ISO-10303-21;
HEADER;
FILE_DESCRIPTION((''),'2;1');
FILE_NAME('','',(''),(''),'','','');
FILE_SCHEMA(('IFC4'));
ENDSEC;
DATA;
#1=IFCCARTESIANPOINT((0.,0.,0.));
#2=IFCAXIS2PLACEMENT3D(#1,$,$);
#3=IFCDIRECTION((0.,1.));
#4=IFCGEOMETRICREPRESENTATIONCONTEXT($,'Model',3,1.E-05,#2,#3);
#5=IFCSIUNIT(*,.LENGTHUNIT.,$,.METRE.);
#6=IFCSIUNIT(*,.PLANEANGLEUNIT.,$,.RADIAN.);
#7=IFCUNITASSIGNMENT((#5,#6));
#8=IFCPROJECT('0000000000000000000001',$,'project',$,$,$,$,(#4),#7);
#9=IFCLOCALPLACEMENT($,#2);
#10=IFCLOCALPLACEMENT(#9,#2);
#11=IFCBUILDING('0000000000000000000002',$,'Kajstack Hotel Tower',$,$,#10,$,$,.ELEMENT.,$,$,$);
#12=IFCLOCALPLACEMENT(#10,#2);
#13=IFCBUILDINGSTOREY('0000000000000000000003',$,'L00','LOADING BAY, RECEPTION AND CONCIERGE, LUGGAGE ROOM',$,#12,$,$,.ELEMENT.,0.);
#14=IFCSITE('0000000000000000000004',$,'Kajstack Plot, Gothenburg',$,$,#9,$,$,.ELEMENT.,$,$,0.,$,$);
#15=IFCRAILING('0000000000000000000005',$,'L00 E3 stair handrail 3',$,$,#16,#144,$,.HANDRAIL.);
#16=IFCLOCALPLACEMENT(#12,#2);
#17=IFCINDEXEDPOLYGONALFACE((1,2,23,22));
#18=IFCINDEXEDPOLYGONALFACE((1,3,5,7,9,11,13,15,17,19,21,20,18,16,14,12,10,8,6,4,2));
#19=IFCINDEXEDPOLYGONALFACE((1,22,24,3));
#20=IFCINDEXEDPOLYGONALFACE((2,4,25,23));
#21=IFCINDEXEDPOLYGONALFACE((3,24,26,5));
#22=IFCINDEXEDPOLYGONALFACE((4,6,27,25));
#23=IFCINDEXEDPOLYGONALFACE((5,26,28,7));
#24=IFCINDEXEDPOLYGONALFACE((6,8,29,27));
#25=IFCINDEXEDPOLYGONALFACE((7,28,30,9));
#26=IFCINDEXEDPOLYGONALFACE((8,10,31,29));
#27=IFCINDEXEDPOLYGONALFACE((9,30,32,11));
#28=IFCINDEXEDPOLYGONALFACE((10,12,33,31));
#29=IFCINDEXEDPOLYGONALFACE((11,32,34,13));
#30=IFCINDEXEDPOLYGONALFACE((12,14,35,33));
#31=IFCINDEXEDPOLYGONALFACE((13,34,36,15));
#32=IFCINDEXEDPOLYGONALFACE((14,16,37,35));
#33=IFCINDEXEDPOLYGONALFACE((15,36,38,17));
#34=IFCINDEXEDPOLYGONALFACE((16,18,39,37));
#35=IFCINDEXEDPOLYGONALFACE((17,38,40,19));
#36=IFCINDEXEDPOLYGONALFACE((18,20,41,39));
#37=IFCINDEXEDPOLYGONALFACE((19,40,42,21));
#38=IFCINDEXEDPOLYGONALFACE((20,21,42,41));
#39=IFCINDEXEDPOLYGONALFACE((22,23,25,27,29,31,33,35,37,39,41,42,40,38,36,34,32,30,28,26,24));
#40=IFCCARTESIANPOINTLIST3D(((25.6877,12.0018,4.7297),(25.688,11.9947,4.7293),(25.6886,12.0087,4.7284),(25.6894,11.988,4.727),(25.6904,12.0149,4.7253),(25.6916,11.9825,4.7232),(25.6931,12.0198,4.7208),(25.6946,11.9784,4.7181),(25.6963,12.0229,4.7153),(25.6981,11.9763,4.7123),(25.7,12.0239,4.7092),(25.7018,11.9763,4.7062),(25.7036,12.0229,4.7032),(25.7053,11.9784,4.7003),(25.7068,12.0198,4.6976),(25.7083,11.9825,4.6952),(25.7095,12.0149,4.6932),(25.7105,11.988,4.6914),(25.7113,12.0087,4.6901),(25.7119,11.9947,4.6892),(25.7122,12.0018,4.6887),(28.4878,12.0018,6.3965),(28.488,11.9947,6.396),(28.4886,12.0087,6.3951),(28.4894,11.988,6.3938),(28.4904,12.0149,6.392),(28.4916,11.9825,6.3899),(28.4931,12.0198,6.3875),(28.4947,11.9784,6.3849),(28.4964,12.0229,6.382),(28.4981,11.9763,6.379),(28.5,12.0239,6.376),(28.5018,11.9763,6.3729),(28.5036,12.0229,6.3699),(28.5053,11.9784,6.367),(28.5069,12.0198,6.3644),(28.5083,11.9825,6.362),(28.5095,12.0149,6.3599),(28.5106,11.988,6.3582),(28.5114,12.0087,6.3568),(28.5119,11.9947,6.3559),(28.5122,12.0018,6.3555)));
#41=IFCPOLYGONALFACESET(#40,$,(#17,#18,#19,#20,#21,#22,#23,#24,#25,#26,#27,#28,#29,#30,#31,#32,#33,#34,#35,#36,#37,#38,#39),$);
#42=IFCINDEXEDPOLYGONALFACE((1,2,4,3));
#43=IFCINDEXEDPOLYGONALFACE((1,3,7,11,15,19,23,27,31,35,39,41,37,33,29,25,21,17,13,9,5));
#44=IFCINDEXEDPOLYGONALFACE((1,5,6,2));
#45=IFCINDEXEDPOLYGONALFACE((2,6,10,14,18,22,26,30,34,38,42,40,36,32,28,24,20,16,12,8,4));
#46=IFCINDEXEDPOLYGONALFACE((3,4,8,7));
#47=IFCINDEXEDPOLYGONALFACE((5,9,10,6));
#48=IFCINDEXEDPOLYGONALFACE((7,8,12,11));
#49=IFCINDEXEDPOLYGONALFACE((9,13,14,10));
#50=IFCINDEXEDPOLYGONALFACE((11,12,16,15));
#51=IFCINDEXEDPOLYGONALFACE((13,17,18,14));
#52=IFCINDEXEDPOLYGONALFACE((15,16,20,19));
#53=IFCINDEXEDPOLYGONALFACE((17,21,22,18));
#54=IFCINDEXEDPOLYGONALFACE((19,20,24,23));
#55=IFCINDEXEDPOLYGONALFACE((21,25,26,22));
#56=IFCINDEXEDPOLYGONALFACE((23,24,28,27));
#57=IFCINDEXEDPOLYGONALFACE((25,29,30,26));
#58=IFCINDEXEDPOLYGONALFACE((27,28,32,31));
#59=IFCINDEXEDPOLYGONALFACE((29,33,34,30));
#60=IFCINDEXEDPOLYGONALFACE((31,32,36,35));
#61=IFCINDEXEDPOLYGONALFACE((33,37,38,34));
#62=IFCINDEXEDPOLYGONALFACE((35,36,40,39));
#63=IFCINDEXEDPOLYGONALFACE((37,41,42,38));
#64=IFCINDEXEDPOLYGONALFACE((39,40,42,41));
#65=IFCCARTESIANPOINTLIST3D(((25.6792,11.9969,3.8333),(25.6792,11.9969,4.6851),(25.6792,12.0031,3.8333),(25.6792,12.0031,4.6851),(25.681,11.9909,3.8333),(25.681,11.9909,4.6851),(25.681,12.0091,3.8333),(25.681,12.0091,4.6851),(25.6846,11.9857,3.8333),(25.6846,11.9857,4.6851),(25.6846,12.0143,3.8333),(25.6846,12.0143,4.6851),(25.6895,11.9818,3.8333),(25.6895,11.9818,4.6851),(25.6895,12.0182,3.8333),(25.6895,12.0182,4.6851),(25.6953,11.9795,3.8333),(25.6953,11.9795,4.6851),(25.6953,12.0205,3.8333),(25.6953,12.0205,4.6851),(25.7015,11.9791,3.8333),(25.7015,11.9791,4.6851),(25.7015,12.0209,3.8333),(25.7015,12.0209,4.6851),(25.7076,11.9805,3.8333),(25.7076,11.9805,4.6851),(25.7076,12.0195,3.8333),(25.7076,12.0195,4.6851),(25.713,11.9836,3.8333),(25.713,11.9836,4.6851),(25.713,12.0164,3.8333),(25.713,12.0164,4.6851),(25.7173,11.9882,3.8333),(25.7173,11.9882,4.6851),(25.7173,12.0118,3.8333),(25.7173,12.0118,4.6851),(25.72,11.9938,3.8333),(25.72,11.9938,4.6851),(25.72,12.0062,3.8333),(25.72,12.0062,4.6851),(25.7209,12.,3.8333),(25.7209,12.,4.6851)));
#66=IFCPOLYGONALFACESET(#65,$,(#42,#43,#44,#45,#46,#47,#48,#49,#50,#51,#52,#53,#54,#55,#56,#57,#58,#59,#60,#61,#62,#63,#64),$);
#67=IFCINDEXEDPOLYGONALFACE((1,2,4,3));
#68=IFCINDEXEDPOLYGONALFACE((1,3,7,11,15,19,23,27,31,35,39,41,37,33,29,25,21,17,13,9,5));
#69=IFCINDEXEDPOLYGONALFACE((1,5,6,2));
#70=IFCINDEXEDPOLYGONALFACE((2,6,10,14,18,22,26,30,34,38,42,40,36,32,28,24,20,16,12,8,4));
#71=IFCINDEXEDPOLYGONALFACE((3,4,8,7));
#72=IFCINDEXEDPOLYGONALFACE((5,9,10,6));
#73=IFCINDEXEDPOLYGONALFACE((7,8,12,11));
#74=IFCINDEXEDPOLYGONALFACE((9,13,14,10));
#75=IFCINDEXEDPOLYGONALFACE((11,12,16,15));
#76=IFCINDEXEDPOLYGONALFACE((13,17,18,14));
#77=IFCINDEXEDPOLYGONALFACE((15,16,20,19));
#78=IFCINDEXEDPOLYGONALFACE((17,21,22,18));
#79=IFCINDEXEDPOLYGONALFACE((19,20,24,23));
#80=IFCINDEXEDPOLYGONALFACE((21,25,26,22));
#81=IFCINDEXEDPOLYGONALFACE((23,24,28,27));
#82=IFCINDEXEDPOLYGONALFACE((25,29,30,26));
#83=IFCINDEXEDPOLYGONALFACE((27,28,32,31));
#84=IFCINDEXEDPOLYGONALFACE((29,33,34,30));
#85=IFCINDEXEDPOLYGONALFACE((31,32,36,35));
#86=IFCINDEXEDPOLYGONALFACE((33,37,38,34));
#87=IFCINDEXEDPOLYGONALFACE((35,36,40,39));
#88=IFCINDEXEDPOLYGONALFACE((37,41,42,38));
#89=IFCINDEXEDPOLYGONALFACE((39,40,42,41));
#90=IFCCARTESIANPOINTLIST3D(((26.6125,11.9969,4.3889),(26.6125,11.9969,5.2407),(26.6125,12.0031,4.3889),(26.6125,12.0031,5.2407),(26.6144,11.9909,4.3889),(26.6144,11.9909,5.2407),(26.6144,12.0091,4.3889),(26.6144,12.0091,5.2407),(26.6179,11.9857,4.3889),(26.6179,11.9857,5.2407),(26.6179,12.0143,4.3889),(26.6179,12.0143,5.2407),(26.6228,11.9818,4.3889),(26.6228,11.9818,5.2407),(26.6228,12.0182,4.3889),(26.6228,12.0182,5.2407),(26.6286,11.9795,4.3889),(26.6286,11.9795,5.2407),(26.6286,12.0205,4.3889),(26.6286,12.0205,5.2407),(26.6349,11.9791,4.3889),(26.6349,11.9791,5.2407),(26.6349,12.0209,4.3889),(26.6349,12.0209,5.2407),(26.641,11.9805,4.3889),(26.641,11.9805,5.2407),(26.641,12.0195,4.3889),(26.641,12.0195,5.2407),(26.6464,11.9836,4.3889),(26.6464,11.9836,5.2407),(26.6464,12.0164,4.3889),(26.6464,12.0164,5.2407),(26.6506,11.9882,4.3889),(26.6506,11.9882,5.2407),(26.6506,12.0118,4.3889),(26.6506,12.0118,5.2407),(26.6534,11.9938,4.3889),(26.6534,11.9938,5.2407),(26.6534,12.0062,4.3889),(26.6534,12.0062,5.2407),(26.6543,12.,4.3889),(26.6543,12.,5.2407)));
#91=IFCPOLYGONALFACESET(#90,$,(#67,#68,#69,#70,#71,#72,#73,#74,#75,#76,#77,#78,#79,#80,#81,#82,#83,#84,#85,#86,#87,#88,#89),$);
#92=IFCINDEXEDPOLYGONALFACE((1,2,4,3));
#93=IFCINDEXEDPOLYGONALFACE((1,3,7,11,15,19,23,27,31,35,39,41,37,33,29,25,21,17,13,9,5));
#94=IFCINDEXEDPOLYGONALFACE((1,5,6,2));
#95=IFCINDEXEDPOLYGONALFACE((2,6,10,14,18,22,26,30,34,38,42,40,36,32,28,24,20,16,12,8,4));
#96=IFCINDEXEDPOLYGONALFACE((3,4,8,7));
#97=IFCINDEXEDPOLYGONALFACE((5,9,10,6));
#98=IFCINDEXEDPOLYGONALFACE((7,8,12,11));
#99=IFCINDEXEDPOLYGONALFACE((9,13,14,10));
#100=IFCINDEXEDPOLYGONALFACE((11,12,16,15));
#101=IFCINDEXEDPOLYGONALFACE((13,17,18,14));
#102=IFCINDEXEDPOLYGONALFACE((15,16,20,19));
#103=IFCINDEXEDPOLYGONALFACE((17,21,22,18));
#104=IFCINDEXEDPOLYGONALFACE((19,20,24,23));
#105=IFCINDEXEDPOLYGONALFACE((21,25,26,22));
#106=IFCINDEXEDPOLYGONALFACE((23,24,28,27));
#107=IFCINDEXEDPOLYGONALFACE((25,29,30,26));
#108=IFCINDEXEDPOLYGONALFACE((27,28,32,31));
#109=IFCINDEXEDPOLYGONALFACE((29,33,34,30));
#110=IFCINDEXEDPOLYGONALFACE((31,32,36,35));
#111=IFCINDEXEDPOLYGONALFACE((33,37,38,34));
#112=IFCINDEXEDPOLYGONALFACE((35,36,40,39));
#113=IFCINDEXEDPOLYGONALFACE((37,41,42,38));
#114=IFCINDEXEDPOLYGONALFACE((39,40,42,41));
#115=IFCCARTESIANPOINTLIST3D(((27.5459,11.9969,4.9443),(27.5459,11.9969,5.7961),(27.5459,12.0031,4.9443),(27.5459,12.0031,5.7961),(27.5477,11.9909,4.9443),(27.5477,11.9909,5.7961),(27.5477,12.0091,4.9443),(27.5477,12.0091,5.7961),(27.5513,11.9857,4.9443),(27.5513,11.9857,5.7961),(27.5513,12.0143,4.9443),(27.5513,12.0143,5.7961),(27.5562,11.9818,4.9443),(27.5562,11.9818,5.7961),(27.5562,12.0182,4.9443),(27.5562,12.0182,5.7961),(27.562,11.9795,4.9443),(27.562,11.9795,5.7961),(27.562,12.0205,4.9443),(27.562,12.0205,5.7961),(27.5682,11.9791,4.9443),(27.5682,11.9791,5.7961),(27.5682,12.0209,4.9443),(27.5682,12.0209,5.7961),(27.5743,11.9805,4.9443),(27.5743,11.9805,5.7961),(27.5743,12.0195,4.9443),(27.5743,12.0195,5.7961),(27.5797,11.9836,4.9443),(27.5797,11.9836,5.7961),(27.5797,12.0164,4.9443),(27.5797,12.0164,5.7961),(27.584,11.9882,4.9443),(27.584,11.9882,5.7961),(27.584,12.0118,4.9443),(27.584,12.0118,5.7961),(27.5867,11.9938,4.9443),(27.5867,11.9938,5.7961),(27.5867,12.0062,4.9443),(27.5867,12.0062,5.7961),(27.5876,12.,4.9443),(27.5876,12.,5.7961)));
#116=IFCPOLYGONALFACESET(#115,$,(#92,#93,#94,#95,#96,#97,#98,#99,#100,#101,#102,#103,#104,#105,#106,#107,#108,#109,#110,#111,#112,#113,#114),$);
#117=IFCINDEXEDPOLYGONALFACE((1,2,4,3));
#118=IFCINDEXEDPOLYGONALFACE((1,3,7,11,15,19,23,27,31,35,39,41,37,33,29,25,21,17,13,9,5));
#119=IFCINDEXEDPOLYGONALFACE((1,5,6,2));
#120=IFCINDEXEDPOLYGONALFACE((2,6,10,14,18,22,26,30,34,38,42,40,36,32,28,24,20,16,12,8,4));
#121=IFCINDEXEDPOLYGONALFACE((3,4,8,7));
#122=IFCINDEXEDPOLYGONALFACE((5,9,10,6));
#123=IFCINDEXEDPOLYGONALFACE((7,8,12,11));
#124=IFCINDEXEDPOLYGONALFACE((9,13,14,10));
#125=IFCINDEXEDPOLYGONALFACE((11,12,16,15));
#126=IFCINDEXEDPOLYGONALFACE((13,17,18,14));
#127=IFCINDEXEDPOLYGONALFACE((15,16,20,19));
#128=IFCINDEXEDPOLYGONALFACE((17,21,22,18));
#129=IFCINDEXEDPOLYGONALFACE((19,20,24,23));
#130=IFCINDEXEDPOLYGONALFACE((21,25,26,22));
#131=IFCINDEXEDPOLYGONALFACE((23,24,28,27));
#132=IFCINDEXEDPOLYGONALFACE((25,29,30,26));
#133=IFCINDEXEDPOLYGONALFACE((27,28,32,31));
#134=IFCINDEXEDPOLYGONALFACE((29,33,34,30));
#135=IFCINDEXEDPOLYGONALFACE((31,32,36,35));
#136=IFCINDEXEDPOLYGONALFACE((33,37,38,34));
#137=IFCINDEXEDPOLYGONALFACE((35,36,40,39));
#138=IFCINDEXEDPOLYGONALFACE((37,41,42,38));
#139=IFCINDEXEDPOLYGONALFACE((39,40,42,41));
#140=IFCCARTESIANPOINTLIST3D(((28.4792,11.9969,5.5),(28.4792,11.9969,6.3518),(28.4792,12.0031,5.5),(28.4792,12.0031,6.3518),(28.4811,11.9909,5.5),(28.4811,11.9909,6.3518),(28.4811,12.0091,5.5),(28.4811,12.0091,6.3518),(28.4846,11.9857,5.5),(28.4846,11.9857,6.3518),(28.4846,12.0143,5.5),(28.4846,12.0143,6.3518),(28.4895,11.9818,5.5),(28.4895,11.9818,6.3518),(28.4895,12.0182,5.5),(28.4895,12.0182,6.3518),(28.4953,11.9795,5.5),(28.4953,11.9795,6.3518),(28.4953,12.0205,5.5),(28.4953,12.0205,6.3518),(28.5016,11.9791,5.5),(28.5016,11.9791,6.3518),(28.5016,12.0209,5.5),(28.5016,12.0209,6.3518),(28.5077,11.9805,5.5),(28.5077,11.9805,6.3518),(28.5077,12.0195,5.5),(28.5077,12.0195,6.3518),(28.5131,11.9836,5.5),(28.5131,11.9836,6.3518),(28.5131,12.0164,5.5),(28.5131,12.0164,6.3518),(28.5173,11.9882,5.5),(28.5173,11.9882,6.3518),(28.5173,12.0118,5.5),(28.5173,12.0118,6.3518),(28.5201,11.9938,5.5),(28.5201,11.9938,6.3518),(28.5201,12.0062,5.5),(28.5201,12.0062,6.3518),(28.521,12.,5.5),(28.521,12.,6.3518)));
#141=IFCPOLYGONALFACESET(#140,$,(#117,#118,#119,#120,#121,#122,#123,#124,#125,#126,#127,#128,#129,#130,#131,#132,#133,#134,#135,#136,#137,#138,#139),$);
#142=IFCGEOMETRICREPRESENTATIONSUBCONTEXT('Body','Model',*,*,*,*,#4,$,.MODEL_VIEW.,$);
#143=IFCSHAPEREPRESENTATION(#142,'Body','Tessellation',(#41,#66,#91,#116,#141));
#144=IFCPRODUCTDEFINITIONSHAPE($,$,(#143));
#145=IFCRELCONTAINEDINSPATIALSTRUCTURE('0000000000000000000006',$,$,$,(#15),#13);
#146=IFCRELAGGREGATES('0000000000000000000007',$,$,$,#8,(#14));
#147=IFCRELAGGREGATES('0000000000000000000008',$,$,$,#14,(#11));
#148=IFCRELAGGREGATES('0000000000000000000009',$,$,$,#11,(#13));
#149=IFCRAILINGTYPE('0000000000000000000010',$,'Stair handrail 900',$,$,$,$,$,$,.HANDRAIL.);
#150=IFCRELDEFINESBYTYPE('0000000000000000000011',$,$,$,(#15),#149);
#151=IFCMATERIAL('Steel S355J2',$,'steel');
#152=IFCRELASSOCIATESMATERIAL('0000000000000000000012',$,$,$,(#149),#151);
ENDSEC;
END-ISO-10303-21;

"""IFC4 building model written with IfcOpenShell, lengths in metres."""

from ifc_helpers import new_model, si_unit, direction, frame, origin, origin_2d, place, context, subcontext, project, spatial, circle, extrude, material, type_object, element, save


model = new_model("IFC4")

# Units and contexts
model_context = context("Model", 3, precision=1e-05, world=origin(), true_north=direction((0.0, 1.0)))
body_context = subcontext(model_context, "Body", "Model", "MODEL_VIEW")
ifc_project = project(units=[si_unit("LENGTHUNIT", "METRE"), si_unit("PLANEANGLEUNIT", "RADIAN")], contexts=[model_context])

# Site, building, storey
site_placement = place(None, origin())
site = spatial("IfcSite", under=ifc_project, at=site_placement, Name="Kajstack Plot, Gothenburg", CompositionType="ELEMENT", RefElevation=0.0)
building_placement = place(site_placement, origin())
building = spatial("IfcBuilding", under=site, at=building_placement, Name="Kajstack Hotel Tower", CompositionType="ELEMENT")
storey_placement = place(building_placement, origin())
storey = spatial("IfcBuildingStorey", under=building, at=storey_placement, Name="L00", Description="LOADING BAY, RECEPTION AND CONCIERGE, LUGGAGE ROOM", CompositionType="ELEMENT", Elevation=0.0)

# Railing
ifc_material_1 = material(Name="Steel S355J2", Category="steel")
railing_type_1 = type_object("IfcRailingType", Name="Stair handrail 900", PredefinedType="HANDRAIL", material=ifc_material_1)
railing_1_placement = place(storey_placement, frame((25.7, 12.0, 3.8333)))
element("IfcRailing", 1, at=railing_1_placement, inside=storey, type_object=railing_type_1, Name="L00 E3 stair handrail 3", PredefinedType="HANDRAIL", context=body_context, shape_type="SweptSolid", body=[
    extrude(circle(Radius=0.0239, at=origin_2d()), frame((0.0, 0.0, 0.876), z_axis=(0.859286, 0.0, 0.511496), x_axis=(0.0, 1.0, 0.0)), (0.0, 0.0, 1.0), 3.2585),
    extrude(circle(Radius=0.021, at=origin_2d()), origin(), (0.0, 0.0, 1.0), 0.8518),
    extrude(circle(Radius=0.021, at=origin_2d()), frame((0.9333, 0.0, 0.5557)), (0.0, 0.0, 1.0), 0.8518),
    extrude(circle(Radius=0.021, at=origin_2d()), frame((1.8667, 0.0, 1.1111)), (0.0, 0.0, 1.0), 0.8518),
    extrude(circle(Radius=0.021, at=origin_2d()), frame((2.8, 0.0, 1.6667)), (0.0, 0.0, 1.0), 0.8518),
])

save(model, "model.ifc")
